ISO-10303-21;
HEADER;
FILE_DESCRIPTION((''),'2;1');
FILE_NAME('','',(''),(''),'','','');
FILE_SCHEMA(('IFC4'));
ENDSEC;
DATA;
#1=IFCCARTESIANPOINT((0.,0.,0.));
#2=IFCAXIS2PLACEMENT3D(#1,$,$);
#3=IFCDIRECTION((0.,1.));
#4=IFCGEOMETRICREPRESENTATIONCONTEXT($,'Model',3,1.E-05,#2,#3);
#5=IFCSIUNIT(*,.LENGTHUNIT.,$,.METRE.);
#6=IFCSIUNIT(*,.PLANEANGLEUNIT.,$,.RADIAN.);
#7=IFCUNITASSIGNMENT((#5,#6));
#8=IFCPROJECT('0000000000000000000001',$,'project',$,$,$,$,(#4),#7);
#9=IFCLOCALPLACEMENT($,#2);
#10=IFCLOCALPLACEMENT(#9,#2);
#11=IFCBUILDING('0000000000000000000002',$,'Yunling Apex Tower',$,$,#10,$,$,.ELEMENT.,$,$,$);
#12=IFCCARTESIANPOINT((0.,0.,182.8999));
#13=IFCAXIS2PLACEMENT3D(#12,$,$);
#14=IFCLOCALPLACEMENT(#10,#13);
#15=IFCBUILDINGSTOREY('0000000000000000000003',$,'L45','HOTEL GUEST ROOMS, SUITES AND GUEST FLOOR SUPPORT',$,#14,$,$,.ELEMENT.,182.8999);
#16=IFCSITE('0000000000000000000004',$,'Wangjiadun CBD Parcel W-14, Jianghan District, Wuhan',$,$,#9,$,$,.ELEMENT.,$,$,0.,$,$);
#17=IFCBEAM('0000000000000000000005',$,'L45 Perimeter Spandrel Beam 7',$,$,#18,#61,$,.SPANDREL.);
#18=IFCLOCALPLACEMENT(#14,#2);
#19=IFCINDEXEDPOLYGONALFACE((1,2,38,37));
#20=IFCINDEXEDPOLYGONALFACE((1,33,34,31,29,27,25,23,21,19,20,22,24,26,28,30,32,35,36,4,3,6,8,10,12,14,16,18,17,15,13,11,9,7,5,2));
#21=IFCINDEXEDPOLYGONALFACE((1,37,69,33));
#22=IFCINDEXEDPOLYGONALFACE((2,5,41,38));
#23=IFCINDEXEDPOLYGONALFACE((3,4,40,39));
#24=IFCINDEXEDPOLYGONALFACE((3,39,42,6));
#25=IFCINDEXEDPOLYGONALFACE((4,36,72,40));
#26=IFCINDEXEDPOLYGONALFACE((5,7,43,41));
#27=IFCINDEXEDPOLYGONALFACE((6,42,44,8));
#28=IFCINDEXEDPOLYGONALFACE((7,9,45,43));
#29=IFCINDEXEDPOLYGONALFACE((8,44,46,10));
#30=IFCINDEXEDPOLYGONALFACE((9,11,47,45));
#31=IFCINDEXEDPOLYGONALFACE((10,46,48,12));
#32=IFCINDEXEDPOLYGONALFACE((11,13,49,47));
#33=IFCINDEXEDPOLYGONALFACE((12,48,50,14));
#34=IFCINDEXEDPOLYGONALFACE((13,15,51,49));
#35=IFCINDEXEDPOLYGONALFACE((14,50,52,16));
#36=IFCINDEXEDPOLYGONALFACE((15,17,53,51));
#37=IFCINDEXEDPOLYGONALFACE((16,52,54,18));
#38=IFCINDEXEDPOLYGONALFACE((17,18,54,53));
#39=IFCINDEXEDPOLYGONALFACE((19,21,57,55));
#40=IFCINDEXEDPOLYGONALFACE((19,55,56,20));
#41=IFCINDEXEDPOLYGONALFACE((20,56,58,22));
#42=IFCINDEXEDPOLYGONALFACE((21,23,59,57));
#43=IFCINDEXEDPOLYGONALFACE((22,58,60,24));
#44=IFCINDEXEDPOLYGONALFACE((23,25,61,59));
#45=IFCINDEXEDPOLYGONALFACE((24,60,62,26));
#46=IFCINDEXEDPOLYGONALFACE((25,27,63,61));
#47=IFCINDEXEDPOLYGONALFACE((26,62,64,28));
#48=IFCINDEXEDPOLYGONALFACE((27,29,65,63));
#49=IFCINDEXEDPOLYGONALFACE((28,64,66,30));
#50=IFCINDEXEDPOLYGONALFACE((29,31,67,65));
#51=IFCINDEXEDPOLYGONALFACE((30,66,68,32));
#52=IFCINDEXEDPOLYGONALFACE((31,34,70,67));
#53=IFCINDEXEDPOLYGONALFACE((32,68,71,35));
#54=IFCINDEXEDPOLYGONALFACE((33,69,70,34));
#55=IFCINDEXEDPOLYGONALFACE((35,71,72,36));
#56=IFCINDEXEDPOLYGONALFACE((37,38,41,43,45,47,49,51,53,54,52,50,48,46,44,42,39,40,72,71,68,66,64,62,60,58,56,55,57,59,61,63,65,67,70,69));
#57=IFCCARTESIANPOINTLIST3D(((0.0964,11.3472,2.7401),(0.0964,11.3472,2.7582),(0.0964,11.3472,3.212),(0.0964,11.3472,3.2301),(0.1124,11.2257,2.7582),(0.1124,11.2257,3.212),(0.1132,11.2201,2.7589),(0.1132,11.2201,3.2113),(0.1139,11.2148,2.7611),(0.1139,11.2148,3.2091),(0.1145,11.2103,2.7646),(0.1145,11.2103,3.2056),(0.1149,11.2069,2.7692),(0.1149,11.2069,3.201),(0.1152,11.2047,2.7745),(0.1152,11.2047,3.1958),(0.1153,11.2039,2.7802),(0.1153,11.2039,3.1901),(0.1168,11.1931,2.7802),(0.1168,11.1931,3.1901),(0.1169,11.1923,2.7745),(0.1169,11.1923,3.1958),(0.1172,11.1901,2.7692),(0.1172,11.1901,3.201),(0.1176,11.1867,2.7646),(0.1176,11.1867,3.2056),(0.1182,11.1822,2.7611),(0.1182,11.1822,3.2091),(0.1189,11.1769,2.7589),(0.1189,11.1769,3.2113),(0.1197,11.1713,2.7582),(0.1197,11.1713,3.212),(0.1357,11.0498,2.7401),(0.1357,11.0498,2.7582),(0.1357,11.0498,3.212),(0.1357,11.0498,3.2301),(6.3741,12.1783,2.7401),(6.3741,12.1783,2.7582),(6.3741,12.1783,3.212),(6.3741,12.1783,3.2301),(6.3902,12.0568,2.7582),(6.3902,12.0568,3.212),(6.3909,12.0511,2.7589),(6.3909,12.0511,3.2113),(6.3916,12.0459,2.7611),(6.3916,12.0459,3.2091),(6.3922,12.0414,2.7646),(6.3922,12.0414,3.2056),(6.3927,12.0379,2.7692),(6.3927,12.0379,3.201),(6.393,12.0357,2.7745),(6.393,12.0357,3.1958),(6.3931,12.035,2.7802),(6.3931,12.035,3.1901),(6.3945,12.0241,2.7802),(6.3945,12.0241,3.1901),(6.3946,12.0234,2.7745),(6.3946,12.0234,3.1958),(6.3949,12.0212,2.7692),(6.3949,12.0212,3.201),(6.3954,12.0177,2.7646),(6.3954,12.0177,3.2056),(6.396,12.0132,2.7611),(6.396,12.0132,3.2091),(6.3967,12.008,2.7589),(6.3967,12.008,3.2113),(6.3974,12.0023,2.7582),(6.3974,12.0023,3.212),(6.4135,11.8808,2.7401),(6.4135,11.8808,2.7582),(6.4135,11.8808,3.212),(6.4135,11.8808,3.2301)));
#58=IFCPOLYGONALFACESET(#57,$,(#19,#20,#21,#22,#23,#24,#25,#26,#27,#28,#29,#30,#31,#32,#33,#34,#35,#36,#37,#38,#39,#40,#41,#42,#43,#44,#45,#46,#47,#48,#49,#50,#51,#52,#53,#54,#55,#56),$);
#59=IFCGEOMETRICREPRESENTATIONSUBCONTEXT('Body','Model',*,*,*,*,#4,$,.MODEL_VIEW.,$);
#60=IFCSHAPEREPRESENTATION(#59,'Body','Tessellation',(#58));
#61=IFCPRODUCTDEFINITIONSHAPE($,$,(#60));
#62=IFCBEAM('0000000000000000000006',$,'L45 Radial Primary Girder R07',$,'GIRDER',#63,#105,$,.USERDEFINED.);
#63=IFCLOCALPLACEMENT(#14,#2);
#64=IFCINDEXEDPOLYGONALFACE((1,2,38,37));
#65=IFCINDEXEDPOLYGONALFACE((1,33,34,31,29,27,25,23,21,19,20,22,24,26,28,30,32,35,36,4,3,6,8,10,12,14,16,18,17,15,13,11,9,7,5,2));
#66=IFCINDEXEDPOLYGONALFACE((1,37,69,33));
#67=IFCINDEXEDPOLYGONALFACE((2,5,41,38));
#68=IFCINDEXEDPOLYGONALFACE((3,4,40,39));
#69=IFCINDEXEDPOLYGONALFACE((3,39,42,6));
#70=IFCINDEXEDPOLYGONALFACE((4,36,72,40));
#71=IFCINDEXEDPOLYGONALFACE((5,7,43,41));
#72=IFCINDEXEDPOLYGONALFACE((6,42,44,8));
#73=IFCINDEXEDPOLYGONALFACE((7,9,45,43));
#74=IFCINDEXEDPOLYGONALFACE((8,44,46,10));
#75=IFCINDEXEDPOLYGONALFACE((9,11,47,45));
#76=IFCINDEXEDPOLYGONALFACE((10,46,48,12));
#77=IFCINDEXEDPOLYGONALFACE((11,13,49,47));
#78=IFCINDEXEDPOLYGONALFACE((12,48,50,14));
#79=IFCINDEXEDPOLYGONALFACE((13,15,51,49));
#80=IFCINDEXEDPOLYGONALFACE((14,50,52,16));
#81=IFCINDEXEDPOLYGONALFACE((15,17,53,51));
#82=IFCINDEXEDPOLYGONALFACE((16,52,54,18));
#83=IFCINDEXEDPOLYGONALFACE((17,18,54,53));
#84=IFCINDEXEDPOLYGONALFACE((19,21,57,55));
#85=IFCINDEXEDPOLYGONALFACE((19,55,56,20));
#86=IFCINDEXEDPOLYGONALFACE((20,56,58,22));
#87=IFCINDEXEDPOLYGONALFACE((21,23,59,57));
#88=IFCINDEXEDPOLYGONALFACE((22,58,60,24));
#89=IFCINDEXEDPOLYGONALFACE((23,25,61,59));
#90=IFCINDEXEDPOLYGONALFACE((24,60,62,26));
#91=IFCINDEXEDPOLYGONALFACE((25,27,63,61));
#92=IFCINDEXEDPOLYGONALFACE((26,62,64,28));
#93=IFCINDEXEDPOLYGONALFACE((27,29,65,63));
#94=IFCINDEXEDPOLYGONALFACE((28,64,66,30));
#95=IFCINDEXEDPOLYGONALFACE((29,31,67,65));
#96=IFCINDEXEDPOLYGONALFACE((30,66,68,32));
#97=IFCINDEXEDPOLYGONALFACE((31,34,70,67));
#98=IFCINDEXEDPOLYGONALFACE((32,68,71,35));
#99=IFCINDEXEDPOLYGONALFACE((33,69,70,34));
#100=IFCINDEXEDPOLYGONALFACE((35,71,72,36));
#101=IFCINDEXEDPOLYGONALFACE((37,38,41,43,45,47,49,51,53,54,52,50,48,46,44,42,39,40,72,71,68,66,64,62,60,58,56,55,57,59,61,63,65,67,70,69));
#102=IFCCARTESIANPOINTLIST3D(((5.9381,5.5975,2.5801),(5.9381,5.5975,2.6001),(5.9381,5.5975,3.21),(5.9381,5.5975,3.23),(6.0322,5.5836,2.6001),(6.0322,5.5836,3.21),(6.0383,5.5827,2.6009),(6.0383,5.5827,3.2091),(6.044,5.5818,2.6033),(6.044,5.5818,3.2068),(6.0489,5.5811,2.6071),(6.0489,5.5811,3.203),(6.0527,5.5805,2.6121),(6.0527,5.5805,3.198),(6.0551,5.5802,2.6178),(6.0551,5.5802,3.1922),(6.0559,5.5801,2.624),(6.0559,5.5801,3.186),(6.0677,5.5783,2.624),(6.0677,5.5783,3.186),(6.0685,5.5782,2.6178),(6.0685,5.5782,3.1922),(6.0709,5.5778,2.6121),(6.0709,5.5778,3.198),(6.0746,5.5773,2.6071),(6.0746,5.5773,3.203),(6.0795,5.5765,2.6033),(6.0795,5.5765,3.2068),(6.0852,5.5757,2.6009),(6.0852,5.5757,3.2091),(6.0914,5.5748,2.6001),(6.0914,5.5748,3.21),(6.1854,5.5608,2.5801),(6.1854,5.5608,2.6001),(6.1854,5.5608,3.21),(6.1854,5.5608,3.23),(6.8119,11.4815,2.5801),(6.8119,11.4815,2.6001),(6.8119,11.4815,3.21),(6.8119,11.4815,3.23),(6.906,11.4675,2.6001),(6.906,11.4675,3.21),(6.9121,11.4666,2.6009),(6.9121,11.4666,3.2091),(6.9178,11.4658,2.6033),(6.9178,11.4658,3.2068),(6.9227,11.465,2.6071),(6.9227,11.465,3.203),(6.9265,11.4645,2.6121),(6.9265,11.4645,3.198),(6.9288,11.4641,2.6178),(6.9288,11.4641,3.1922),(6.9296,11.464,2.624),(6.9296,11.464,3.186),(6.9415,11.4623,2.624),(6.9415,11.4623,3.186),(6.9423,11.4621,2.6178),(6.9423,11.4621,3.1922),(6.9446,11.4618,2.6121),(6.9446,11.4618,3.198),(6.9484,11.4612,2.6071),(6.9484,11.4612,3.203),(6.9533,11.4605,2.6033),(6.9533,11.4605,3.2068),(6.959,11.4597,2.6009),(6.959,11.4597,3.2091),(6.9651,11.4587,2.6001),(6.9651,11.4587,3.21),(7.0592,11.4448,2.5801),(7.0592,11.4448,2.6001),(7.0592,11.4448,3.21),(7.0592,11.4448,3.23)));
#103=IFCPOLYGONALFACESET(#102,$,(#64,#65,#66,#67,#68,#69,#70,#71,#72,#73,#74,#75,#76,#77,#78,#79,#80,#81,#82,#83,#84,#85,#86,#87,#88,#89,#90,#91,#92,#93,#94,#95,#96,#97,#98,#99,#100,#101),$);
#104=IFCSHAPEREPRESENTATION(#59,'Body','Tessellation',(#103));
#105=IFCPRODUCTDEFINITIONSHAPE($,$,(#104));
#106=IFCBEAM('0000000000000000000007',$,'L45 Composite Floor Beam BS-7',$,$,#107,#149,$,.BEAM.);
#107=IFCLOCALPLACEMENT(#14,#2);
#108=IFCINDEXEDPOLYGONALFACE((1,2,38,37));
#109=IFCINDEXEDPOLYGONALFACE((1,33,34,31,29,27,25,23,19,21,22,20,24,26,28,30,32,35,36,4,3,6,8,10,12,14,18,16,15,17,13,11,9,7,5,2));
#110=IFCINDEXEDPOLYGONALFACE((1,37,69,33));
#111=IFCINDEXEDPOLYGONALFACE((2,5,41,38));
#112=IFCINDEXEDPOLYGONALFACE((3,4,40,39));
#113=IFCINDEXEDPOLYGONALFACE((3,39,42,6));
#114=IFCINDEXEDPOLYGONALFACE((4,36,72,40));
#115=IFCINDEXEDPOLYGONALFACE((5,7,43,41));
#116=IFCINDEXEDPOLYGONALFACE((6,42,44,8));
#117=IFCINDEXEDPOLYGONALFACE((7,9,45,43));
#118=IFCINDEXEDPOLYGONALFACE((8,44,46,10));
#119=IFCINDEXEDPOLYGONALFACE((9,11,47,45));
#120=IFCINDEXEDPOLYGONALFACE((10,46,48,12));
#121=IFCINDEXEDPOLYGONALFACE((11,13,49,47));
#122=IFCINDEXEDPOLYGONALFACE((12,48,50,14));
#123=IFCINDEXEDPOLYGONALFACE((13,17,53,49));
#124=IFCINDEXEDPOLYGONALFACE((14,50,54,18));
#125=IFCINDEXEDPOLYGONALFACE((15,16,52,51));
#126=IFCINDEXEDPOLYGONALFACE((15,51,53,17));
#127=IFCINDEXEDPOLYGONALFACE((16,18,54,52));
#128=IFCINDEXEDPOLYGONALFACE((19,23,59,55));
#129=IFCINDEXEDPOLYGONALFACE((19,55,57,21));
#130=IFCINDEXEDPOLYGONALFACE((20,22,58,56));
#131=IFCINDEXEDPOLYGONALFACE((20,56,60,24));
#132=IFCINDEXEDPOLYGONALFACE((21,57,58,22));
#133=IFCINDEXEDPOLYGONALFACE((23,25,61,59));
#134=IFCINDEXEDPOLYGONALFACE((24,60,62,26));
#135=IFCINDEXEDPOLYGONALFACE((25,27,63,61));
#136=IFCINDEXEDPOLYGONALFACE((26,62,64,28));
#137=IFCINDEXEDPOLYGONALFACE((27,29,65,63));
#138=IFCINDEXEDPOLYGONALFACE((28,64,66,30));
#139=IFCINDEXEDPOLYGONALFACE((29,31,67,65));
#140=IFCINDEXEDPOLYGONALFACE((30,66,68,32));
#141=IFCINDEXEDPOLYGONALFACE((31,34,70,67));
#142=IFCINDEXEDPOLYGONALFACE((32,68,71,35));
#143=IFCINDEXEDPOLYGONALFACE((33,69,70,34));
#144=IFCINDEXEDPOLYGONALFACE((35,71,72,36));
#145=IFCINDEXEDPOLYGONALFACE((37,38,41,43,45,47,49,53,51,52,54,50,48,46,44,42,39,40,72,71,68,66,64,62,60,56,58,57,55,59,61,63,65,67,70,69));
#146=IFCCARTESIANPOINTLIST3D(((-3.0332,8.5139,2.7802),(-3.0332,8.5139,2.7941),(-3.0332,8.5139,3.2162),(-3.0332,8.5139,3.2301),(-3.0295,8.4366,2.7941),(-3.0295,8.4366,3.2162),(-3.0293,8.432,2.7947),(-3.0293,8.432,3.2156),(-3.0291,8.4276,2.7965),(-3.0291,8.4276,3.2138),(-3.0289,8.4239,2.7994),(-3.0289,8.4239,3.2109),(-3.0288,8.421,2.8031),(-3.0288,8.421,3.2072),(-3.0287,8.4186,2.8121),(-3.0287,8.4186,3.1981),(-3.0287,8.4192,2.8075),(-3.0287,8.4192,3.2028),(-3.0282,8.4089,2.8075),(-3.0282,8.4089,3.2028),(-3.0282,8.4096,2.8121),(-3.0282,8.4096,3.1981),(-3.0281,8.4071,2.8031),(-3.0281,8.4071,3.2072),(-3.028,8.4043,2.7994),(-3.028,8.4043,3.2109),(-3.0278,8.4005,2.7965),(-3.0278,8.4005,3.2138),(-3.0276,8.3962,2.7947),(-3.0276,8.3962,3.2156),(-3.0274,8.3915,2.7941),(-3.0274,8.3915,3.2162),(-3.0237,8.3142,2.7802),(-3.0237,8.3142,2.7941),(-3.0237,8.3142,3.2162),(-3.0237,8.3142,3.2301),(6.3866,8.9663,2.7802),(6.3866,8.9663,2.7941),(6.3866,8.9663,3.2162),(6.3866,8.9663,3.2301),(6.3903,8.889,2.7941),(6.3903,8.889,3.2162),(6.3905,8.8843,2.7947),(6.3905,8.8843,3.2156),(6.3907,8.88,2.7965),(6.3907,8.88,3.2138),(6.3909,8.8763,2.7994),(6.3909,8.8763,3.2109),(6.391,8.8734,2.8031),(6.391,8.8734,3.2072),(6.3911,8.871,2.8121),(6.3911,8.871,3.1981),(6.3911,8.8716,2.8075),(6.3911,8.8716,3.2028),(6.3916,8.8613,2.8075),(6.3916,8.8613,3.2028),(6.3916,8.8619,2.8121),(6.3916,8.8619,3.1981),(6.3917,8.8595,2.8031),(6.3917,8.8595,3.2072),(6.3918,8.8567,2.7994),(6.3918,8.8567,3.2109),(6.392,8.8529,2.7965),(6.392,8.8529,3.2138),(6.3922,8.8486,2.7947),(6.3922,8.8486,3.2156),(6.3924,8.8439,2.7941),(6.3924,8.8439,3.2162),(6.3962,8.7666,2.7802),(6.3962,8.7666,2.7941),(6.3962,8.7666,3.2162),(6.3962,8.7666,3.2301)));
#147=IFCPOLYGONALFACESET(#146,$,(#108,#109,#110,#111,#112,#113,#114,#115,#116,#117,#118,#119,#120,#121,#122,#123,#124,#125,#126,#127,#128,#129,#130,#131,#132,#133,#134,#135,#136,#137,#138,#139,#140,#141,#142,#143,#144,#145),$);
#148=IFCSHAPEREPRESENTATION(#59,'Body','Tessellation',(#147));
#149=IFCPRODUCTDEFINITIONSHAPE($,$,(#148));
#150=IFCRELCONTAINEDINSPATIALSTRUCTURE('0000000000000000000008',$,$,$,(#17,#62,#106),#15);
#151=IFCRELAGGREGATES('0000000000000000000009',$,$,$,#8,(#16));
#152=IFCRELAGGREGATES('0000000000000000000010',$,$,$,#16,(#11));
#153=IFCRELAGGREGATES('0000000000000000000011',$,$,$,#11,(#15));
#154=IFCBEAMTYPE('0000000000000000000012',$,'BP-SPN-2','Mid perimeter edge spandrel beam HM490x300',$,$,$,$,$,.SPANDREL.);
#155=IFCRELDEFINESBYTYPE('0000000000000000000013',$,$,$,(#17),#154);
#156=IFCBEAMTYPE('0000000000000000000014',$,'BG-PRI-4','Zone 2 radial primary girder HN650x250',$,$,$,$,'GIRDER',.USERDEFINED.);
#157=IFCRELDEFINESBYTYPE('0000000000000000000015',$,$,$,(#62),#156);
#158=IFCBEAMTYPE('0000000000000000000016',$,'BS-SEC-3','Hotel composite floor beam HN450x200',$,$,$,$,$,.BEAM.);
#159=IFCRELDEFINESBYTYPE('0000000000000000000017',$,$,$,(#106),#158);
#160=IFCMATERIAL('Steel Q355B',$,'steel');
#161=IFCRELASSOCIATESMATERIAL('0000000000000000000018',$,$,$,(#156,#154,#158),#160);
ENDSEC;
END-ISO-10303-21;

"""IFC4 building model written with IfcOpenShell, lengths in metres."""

from ifc_helpers import new_model, si_unit, direction, frame, origin, origin_2d, place, context, subcontext, project, spatial, i_section, extrude, source, transform, mapped, material, material_profile, profile_set, type_object, element, save


model = new_model("IFC4")

# Units and contexts
model_context = context("Model", 3, precision=1e-05, world=origin(), true_north=direction((0.0, 1.0)))
body_context = subcontext(model_context, "Body", "Model", "MODEL_VIEW")
ifc_project = project(units=[si_unit("LENGTHUNIT", "METRE"), si_unit("PLANEANGLEUNIT", "RADIAN")], contexts=[model_context])

# Site, building, storey
site_placement = place(None, origin())
site = spatial("IfcSite", under=ifc_project, at=site_placement, Name="Wangjiadun CBD Parcel W-14, Jianghan District, Wuhan", CompositionType="ELEMENT", RefElevation=0.0)
building_placement = place(site_placement, origin())
building = spatial("IfcBuilding", under=site, at=building_placement, Name="Yunling Apex Tower", CompositionType="ELEMENT")
storey_placement = place(building_placement, frame((0.0, 0.0, 182.8999)))
storey = spatial("IfcBuildingStorey", under=building, at=storey_placement, Name="L45", Description="HOTEL GUEST ROOMS, SUITES AND GUEST FLOOR SUPPORT", CompositionType="ELEMENT", Elevation=182.8999)

# Beams
ifc_material_1 = material(Name="Steel Q355B", Category="steel")
ifc_material_profile_1 = material_profile(ifc_material_1, i_section(OverallWidth=0.25, OverallDepth=0.6499, WebThickness=0.012, FlangeThickness=0.02, FilletRadius=0.0239, at=origin_2d()))
ifc_profile_set_1 = profile_set([ifc_material_profile_1], Name="Steel Q355B")
beam_type_1 = type_object("IfcBeamType", Name="BG-PRI-4", Description="Zone 2 radial primary girder HN650x250", ElementType="GIRDER", PredefinedType="USERDEFINED", material=ifc_profile_set_1)
ifc_material_profile_2 = material_profile(ifc_material_1, i_section(OverallWidth=0.3, OverallDepth=0.49, WebThickness=0.011, FlangeThickness=0.0181, FilletRadius=0.022, at=origin_2d()))
ifc_profile_set_2 = profile_set([ifc_material_profile_2], Name="Steel Q355B")
beam_type_2 = type_object("IfcBeamType", Name="BP-SPN-2", Description="Mid perimeter edge spandrel beam HM490x300", PredefinedType="SPANDREL", material=ifc_profile_set_2)
shared_shape_1 = source(origin(), body_context, "Body", "SweptSolid", [
    extrude(i_section(OverallWidth=0.3, OverallDepth=0.49, WebThickness=0.011, FlangeThickness=0.0181, FilletRadius=0.022, at=origin_2d()), origin(), (0.0, 0.0, 1.0), 6.3325),
])
beam_1_placement = place(storey_placement, frame((6.3938, 12.0295, 2.9851), z_axis=(-0.991351, -0.131234, 0.0), x_axis=(0.131234, -0.991351, 0.0)))
element("IfcBeam", 1, at=beam_1_placement, inside=storey, type_object=beam_type_2, Name="L45 Perimeter Spandrel Beam 7", PredefinedType="SPANDREL", context=body_context, shape_type="MappedRepresentation", body=[
    mapped(shared_shape_1, transform((0.0, 0.0, 0.0), scale=1.0)),
])
shared_shape_2 = source(origin(), body_context, "Body", "SweptSolid", [
    extrude(i_section(OverallWidth=0.25, OverallDepth=0.6499, WebThickness=0.012, FlangeThickness=0.02, FilletRadius=0.0239, at=origin_2d()), origin(), (0.0, 0.0, 1.0), 5.9485),
])
beam_2_placement = place(storey_placement, frame((6.9355, 11.4631, 2.905), z_axis=(-0.146889, -0.989153, 0.0), x_axis=(0.989153, -0.146889, 0.0)))
element("IfcBeam", 2, at=beam_2_placement, inside=storey, type_object=beam_type_1, Name="L45 Radial Primary Girder R07", ObjectType="GIRDER", PredefinedType="USERDEFINED", context=body_context, shape_type="MappedRepresentation", body=[
    mapped(shared_shape_2, transform((0.0, 0.0, 0.0), scale=1.0)),
])
ifc_material_profile_3 = material_profile(ifc_material_1, i_section(OverallWidth=0.2, OverallDepth=0.45, WebThickness=0.009, FlangeThickness=0.0139, FilletRadius=0.0181, at=origin_2d()))
ifc_profile_set_3 = profile_set([ifc_material_profile_3], Name="Steel Q355B")
beam_type_3 = type_object("IfcBeamType", Name="BS-SEC-3", Description="Hotel composite floor beam HN450x200", PredefinedType="BEAM", material=ifc_profile_set_3)
shared_shape_3 = source(origin(), body_context, "Body", "SweptSolid", [
    extrude(i_section(OverallWidth=0.2, OverallDepth=0.45, WebThickness=0.009, FlangeThickness=0.0139, FilletRadius=0.0181, at=origin_2d()), origin(), (0.0, 0.0, 1.0), 9.4307),
])
beam_3_placement = place(storey_placement, frame((6.3914, 8.8665, 3.0051), z_axis=(-0.998849, -0.04797, 0.0), x_axis=(0.04797, -0.998849, 0.0)))
element("IfcBeam", 3, at=beam_3_placement, inside=storey, type_object=beam_type_3, Name="L45 Composite Floor Beam BS-7", PredefinedType="BEAM", context=body_context, shape_type="MappedRepresentation", body=[
    mapped(shared_shape_3, transform((0.0, 0.0, 0.0), scale=1.0)),
])

save(model, "model.ifc")
